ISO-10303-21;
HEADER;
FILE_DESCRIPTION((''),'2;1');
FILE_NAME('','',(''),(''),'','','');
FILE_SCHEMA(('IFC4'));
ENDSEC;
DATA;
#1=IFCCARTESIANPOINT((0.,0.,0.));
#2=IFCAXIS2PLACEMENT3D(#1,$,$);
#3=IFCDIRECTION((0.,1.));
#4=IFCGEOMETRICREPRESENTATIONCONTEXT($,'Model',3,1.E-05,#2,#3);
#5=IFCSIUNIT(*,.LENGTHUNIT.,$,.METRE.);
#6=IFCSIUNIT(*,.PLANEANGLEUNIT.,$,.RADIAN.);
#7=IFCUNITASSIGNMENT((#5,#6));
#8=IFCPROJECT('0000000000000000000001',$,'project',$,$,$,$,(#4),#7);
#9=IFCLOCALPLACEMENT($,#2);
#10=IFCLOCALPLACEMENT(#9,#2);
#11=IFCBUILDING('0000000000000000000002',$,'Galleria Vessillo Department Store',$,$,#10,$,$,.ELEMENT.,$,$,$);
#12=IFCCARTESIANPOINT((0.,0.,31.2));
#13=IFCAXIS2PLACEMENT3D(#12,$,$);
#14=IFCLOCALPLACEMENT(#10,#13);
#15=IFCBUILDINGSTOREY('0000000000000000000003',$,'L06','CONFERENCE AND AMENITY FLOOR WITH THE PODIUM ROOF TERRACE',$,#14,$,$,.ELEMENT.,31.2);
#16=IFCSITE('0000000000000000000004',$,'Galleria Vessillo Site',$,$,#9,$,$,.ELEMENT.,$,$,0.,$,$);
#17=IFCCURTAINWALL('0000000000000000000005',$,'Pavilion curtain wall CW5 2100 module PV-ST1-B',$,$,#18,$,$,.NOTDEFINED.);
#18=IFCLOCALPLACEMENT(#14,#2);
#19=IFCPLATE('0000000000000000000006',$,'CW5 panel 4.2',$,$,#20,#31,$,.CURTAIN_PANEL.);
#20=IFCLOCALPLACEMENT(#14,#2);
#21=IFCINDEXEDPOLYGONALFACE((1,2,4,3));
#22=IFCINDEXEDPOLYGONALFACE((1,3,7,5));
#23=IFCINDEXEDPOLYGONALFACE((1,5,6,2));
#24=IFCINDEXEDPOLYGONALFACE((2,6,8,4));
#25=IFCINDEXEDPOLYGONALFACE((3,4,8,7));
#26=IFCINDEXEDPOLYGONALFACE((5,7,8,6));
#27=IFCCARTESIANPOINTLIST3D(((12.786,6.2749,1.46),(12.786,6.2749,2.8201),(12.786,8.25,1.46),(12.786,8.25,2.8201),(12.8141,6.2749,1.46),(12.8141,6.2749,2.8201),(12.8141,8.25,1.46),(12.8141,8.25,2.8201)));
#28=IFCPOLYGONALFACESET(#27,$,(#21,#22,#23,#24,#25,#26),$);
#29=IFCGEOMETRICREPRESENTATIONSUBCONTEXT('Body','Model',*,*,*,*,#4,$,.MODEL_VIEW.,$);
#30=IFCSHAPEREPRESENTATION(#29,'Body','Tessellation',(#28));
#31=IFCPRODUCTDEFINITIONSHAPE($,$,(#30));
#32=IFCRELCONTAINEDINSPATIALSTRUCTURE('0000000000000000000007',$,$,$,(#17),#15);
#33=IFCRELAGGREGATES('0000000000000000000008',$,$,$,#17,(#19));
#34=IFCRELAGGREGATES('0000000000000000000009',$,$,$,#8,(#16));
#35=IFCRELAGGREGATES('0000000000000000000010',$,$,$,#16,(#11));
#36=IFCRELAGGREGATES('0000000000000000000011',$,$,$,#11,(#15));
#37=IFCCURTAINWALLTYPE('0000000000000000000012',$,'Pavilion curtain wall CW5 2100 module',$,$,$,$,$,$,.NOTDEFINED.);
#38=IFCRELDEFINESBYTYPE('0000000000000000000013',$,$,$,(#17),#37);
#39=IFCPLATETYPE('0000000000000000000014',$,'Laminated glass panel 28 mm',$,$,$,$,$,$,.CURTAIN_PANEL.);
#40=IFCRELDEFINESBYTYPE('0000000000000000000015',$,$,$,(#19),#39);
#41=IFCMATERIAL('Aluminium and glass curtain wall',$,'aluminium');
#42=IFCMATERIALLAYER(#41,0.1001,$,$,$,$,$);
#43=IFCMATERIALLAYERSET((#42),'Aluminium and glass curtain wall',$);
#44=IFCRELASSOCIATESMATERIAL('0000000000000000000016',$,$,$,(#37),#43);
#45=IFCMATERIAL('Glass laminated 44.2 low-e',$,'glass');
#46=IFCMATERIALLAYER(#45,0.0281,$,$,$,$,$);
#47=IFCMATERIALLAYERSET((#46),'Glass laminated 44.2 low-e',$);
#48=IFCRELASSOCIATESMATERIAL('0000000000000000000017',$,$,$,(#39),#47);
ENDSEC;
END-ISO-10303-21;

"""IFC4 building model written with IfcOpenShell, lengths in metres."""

from ifc_helpers import new_model, si_unit, direction, frame, origin, origin_2d, place, context, subcontext, project, spatial, rectangle, extrude, material, layer, layer_set, type_object, element, aggregate, save


model = new_model("IFC4")

# Units and contexts
model_context = context("Model", 3, precision=1e-05, world=origin(), true_north=direction((0.0, 1.0)))
body_context = subcontext(model_context, "Body", "Model", "MODEL_VIEW")
ifc_project = project(units=[si_unit("LENGTHUNIT", "METRE"), si_unit("PLANEANGLEUNIT", "RADIAN")], contexts=[model_context])

# Site, building, storey
site_placement = place(None, origin())
site = spatial("IfcSite", under=ifc_project, at=site_placement, Name="Galleria Vessillo Site", CompositionType="ELEMENT", RefElevation=0.0)
building_placement = place(site_placement, origin())
building = spatial("IfcBuilding", under=site, at=building_placement, Name="Galleria Vessillo Department Store", CompositionType="ELEMENT")
storey_placement = place(building_placement, frame((0.0, 0.0, 31.2)))
storey = spatial("IfcBuildingStorey", under=building, at=storey_placement, Name="L06", Description="CONFERENCE AND AMENITY FLOOR WITH THE PODIUM ROOF TERRACE", CompositionType="ELEMENT", Elevation=31.2)

# Curtain wall
ifc_material_1 = material(Name="Aluminium and glass curtain wall", Category="aluminium")
ifc_layer_1 = layer(ifc_material_1, 0.1001)
ifc_layer_set_1 = layer_set([ifc_layer_1], Name="Aluminium and glass curtain wall")
curtain_wall_type = type_object("IfcCurtainWallType", Name="Pavilion curtain wall CW5 2100 module", PredefinedType="NOTDEFINED", material=ifc_layer_set_1)
curtain_wall_placement = place(storey_placement, origin())
curtain_wall = element("IfcCurtainWall", 1, at=curtain_wall_placement, inside=storey, type_object=curtain_wall_type, Name="Pavilion curtain wall CW5 2100 module PV-ST1-B", PredefinedType="NOTDEFINED")

# Plate
ifc_material_2 = material(Name="Glass laminated 44.2 low-e", Category="glass")
ifc_layer_2 = layer(ifc_material_2, 0.0281)
ifc_layer_set_2 = layer_set([ifc_layer_2], Name="Glass laminated 44.2 low-e")
plate_type = type_object("IfcPlateType", Name="Laminated glass panel 28 mm", PredefinedType="CURTAIN_PANEL", material=ifc_layer_set_2)
plate_1_placement = place(storey_placement, frame((12.8, 7.2625, 1.46), z_axis=(0.0, 0.0, 1.0), x_axis=(0.0, 1.0, 0.0)))
plate_1 = element("IfcPlate", 2, at=plate_1_placement, type_object=plate_type, Name="CW5 panel 4.2", PredefinedType="CURTAIN_PANEL", context=body_context, shape_type="SweptSolid", body=[
    extrude(rectangle(XDim=1.9751, YDim=0.0281, at=origin_2d()), origin(), (0.0, 0.0, 1.0), 1.3601),
])
aggregate(curtain_wall, [plate_1])

save(model, "model.ifc")
